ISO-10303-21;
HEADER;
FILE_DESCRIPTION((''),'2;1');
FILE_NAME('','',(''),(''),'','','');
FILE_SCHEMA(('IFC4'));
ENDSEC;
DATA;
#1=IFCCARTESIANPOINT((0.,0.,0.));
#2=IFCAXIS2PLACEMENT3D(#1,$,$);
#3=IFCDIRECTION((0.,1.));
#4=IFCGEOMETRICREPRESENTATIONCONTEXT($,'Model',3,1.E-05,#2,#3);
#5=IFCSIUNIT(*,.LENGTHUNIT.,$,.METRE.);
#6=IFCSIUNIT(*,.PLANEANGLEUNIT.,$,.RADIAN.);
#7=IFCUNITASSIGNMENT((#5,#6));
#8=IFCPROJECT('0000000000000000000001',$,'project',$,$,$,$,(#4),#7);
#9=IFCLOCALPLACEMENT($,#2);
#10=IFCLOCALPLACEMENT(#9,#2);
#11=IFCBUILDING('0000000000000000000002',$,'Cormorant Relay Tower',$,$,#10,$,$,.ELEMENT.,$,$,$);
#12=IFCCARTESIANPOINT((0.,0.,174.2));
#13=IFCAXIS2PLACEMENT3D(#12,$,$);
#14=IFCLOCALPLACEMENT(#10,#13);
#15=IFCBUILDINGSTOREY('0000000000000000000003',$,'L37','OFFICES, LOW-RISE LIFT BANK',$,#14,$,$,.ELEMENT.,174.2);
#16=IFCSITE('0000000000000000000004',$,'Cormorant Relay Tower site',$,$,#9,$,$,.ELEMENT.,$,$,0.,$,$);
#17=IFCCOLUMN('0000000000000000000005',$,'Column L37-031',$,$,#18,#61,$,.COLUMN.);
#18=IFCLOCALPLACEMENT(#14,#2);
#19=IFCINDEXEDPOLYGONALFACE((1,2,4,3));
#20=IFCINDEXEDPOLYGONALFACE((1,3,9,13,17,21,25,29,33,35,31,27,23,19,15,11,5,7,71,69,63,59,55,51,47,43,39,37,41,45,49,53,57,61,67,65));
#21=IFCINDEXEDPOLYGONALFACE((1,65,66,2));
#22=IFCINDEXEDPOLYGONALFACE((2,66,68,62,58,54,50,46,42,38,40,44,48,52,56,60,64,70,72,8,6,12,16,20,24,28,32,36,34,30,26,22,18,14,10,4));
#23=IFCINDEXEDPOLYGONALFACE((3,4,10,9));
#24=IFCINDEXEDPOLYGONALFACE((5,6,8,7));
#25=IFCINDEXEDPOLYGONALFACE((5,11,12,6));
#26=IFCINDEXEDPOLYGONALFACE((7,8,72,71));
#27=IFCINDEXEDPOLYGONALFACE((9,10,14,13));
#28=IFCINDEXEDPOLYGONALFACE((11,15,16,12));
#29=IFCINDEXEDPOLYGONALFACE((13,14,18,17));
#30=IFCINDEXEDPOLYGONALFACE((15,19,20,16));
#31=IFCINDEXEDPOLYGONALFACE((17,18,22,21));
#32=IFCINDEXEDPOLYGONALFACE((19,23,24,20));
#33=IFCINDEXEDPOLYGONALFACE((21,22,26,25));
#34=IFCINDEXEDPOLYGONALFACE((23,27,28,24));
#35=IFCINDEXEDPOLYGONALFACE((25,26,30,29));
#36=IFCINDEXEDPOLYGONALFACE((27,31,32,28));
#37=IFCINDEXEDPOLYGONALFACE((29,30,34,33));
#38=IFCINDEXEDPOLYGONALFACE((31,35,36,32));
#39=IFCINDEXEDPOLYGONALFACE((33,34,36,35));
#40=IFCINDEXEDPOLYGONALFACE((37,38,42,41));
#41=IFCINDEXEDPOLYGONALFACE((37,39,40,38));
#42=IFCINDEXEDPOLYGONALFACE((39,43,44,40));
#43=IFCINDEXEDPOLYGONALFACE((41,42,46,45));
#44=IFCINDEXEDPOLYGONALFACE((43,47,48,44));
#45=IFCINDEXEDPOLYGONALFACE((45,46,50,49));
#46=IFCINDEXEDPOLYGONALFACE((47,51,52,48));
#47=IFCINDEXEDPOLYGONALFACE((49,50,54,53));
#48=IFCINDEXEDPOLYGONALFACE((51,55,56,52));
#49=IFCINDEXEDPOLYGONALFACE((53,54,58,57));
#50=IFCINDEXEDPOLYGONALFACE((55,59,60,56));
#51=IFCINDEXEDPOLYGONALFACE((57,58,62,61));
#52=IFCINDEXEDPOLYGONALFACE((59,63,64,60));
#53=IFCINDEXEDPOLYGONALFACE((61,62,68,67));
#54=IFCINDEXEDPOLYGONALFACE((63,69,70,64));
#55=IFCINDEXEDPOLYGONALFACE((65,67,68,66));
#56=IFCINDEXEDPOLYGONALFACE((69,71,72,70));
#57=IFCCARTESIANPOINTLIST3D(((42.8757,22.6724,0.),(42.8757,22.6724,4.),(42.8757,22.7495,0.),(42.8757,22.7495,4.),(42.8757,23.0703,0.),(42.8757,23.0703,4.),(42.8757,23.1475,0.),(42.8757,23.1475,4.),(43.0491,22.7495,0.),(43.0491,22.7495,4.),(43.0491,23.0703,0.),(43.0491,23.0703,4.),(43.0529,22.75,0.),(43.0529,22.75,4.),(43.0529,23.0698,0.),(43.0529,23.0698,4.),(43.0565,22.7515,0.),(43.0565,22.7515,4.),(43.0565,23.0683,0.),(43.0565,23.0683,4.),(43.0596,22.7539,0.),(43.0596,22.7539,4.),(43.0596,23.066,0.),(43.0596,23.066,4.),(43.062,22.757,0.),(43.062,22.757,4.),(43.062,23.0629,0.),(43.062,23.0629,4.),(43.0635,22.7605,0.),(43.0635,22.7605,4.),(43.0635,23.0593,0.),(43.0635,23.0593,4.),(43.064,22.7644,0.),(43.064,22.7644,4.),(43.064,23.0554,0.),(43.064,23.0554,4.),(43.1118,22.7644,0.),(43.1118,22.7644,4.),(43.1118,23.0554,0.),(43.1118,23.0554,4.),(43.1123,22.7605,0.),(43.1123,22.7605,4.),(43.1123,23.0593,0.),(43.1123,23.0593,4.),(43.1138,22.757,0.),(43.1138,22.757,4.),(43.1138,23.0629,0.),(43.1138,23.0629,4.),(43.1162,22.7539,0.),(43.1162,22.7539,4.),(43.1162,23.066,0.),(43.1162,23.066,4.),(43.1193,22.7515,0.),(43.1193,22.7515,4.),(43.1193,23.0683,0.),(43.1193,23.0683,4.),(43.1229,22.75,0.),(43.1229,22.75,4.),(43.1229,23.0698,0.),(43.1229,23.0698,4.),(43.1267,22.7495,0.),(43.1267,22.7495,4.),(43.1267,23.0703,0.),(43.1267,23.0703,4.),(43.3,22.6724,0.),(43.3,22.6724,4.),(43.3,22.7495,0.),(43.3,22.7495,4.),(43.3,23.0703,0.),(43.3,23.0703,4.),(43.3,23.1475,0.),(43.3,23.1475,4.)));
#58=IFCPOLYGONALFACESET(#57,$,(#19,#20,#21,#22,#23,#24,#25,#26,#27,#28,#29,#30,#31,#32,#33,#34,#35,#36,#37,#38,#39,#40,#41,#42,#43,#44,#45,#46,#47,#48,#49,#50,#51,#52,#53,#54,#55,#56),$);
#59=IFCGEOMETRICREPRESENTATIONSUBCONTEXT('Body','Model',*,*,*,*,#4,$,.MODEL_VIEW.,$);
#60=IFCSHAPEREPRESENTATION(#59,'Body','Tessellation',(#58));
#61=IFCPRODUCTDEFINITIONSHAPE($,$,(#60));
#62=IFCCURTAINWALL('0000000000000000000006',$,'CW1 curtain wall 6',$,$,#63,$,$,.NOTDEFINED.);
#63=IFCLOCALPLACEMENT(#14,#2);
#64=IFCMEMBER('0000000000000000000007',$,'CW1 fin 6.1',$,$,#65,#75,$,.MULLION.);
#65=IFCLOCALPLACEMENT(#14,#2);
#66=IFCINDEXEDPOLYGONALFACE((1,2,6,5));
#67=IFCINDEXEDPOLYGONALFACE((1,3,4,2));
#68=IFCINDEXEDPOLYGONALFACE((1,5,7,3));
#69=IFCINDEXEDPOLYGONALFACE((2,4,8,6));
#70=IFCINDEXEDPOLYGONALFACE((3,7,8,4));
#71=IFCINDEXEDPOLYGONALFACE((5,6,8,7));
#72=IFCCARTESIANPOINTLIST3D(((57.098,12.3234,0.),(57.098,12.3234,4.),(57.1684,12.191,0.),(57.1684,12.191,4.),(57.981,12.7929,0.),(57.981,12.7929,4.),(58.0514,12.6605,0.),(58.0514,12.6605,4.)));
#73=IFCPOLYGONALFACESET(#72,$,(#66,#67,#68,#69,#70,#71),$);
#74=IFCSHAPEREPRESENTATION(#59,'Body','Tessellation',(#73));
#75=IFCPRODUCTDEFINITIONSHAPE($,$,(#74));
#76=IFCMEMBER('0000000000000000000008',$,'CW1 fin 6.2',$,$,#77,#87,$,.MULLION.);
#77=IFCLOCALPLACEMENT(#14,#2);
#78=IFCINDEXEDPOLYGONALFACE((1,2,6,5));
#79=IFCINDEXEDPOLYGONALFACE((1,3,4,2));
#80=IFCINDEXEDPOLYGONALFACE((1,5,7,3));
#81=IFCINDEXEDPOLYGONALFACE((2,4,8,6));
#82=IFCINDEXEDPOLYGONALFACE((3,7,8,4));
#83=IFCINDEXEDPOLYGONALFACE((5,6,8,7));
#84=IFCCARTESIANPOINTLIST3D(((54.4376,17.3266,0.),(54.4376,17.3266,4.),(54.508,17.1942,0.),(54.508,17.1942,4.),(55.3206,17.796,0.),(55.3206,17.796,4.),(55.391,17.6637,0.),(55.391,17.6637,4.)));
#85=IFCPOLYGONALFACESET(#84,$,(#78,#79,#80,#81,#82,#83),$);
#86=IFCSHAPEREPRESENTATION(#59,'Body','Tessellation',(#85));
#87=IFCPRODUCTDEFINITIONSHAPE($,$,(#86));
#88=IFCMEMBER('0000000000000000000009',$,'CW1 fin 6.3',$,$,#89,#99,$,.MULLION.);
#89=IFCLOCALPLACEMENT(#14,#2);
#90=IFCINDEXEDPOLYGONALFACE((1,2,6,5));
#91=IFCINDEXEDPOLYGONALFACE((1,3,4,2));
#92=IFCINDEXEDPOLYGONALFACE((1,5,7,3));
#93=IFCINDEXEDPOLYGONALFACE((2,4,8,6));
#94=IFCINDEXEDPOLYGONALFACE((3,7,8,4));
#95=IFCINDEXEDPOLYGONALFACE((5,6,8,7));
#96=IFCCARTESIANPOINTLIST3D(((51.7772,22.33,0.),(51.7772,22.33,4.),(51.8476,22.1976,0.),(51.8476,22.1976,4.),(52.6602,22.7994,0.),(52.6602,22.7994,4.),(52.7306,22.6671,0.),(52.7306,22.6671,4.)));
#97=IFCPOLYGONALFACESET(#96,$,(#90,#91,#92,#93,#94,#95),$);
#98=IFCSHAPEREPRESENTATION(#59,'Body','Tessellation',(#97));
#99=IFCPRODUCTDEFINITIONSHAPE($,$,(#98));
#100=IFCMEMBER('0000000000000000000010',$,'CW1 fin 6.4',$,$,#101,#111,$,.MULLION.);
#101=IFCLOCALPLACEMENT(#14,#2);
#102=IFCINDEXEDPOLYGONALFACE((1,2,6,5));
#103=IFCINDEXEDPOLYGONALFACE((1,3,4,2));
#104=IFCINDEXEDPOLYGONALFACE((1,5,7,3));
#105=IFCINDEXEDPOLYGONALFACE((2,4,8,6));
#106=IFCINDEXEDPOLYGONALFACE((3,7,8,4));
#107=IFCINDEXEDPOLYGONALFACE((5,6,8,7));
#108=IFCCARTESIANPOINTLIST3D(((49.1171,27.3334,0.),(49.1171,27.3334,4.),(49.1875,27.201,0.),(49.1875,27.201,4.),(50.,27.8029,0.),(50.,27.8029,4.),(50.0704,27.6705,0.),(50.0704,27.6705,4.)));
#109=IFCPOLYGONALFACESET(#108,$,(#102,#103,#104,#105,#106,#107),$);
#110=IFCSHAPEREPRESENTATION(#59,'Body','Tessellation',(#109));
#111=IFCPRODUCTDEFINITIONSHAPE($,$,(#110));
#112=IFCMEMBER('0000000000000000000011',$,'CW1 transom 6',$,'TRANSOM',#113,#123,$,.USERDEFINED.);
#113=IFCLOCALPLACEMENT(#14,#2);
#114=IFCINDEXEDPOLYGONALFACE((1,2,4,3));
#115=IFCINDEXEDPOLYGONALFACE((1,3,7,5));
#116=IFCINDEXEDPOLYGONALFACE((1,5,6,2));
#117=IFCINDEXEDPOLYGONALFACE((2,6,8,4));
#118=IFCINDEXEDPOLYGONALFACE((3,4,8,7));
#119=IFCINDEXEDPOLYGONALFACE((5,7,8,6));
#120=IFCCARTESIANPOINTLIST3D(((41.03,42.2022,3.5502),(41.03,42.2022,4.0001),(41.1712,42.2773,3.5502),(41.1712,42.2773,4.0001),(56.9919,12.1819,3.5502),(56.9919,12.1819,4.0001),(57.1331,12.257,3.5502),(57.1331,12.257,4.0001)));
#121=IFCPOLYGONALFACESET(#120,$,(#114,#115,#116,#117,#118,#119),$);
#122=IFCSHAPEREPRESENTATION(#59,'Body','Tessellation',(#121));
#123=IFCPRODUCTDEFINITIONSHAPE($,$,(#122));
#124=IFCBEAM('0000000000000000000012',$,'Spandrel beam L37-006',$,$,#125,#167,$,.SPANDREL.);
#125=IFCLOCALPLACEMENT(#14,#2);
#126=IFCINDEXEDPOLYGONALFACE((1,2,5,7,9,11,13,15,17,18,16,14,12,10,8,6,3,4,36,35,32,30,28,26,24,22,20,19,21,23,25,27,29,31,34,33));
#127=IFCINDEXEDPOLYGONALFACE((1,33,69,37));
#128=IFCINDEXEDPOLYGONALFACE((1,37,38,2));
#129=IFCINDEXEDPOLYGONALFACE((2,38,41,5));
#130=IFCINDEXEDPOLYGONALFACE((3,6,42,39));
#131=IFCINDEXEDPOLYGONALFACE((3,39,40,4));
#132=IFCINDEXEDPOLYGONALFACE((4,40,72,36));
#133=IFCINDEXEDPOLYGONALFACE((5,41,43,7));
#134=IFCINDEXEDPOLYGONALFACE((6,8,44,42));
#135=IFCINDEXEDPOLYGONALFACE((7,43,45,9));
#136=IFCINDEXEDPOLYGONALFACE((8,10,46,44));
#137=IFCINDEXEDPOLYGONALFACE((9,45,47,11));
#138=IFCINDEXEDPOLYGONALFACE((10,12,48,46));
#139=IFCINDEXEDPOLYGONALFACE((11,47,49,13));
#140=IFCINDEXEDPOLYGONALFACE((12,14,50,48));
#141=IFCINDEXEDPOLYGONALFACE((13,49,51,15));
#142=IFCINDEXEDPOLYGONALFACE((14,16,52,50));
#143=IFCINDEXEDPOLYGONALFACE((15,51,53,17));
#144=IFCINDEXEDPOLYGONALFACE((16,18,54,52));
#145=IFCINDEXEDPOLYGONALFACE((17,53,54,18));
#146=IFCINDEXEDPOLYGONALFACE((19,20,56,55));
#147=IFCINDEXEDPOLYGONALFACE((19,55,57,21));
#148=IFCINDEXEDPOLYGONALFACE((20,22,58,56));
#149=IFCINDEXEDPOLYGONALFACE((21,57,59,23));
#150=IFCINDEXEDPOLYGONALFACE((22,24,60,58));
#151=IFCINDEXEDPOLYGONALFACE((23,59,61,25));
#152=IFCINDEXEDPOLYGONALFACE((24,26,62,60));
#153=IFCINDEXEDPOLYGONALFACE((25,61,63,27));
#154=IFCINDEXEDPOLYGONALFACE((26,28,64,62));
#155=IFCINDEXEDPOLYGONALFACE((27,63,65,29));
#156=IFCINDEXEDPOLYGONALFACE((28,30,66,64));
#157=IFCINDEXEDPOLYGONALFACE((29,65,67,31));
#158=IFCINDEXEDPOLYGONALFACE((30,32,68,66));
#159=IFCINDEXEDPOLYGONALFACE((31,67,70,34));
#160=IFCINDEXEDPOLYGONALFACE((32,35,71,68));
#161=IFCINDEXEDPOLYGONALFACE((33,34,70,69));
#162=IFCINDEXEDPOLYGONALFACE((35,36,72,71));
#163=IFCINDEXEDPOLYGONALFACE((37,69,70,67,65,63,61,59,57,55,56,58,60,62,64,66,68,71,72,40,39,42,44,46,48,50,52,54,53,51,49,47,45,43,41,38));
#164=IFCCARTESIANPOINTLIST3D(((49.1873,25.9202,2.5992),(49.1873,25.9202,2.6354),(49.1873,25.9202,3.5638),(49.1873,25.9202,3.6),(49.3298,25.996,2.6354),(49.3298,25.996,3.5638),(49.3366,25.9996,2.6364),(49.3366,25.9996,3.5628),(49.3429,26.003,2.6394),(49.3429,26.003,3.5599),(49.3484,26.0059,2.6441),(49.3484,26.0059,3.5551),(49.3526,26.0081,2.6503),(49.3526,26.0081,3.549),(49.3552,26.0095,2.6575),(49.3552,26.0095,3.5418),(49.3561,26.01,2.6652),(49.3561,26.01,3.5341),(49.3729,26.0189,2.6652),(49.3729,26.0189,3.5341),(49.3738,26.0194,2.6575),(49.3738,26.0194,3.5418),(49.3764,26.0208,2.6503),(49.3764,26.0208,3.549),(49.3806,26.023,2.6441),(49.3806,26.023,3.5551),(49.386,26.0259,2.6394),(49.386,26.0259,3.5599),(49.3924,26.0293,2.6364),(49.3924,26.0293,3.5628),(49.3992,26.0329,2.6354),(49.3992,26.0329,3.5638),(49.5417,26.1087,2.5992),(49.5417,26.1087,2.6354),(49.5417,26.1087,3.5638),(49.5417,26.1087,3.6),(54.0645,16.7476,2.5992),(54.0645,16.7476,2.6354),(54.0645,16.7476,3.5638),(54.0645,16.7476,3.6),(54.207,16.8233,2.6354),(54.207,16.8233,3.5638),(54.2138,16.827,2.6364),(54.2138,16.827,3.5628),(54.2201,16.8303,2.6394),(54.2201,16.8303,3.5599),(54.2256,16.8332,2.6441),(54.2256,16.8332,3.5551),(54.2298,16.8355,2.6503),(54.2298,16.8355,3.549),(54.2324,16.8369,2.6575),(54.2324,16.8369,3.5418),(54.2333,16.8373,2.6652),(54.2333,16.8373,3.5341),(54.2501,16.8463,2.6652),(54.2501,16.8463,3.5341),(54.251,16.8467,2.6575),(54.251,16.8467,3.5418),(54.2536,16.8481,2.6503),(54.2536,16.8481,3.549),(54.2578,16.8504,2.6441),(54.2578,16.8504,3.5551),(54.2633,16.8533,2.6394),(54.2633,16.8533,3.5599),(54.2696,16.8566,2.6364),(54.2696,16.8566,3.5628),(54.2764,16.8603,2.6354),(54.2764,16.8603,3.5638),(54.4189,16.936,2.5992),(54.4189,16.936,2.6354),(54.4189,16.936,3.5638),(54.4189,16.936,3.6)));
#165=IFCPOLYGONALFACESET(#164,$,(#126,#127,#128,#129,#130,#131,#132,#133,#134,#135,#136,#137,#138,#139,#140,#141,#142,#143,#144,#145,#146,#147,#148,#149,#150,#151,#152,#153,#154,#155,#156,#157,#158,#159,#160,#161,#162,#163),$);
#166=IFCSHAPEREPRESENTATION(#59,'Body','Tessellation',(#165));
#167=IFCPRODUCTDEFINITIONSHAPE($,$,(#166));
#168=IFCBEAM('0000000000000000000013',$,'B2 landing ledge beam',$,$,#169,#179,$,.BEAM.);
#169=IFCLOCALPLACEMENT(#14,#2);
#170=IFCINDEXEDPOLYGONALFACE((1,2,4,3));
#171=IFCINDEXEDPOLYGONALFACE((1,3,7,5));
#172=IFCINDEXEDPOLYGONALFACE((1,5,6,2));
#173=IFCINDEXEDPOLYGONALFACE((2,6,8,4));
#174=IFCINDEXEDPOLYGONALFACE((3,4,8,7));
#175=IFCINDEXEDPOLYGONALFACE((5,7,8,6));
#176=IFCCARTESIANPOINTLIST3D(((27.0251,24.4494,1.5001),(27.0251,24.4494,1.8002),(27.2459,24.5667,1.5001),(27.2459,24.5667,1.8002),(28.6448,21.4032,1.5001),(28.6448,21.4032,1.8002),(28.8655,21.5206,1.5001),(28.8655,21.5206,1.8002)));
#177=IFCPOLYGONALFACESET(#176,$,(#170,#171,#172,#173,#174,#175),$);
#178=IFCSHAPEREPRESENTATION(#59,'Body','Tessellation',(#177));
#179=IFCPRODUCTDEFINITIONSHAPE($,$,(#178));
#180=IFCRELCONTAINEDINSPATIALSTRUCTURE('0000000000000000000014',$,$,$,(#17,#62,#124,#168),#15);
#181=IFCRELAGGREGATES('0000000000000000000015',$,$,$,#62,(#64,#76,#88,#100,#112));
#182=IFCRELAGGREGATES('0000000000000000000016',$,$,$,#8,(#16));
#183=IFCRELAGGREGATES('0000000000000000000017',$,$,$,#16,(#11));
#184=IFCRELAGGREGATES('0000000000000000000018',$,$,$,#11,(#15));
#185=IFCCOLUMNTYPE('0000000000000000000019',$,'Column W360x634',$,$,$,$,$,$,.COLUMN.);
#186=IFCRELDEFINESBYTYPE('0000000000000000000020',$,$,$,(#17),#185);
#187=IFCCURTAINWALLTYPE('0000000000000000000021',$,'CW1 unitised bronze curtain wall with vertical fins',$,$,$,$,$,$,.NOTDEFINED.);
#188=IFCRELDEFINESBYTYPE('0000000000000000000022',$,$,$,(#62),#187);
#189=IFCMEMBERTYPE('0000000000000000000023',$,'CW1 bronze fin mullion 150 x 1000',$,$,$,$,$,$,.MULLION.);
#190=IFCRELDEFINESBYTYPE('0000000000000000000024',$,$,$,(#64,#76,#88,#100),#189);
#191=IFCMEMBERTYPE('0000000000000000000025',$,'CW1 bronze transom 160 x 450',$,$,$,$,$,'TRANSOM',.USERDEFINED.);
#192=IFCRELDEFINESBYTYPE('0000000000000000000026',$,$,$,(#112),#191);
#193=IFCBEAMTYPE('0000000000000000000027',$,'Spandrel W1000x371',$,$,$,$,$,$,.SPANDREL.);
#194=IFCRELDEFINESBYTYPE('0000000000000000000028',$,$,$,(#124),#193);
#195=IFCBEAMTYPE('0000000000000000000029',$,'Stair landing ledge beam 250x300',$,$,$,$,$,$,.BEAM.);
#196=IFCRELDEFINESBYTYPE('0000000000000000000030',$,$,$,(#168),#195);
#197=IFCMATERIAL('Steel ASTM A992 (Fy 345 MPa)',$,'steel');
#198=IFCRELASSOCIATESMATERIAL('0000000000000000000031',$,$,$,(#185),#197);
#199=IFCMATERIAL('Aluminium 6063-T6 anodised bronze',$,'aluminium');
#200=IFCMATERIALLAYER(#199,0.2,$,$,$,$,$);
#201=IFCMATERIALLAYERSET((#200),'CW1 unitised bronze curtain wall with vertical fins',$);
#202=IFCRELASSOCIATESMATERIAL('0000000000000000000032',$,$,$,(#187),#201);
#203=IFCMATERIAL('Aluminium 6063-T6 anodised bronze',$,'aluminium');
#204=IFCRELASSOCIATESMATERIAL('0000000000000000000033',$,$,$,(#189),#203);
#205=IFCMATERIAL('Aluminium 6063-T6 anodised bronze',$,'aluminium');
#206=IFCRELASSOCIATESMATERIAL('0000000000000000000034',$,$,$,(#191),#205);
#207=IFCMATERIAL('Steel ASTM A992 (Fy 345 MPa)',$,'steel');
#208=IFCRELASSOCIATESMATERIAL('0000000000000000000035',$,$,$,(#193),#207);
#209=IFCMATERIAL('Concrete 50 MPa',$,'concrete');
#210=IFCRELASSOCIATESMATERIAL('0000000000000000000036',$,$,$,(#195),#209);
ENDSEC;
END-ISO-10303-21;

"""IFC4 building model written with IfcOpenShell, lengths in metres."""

from ifc_helpers import new_model, si_unit, direction, frame, origin, origin_2d, place, context, subcontext, project, spatial, rectangle, i_section, extrude, material, layer, layer_set, material_profile, profile_set, type_object, element, aggregate, save


model = new_model("IFC4")

# Units and contexts
model_context = context("Model", 3, precision=1e-05, world=origin(), true_north=direction((0.0, 1.0)))
body_context = subcontext(model_context, "Body", "Model", "MODEL_VIEW")
ifc_project = project(units=[si_unit("LENGTHUNIT", "METRE"), si_unit("PLANEANGLEUNIT", "RADIAN")], contexts=[model_context])

# Site, building, storey
site_placement = place(None, origin())
site = spatial("IfcSite", under=ifc_project, at=site_placement, Name="Cormorant Relay Tower site", CompositionType="ELEMENT", RefElevation=0.0)
building_placement = place(site_placement, origin())
building = spatial("IfcBuilding", under=site, at=building_placement, Name="Cormorant Relay Tower", CompositionType="ELEMENT")
storey_placement = place(building_placement, frame((0.0, 0.0, 174.2)))
storey = spatial("IfcBuildingStorey", under=building, at=storey_placement, Name="L37", Description="OFFICES, LOW-RISE LIFT BANK", CompositionType="ELEMENT", Elevation=174.2)

# Column
ifc_material_1 = material(Name="Steel ASTM A992 (Fy 345 MPa)", Category="steel")
ifc_material_profile_1 = material_profile(ifc_material_1, i_section(OverallWidth=0.4243, OverallDepth=0.4751, WebThickness=0.0479, FlangeThickness=0.0771, FilletRadius=0.0149, at=origin_2d()), Name="W360x634")
ifc_profile_set_1 = profile_set([ifc_material_profile_1], Name="Steel ASTM A992 (Fy 345 MPa)")
column_type_1 = type_object("IfcColumnType", Name="Column W360x634", PredefinedType="COLUMN", material=ifc_profile_set_1)
for number, where, z_axis, x_axis, name in (
    (1, (43.0879, 22.9099, 0.0), (0.0, 0.0, 1.0), (1.0, 0.0, 0.0), "Column L37-031"),
):
    element("IfcColumn", number, at=place(storey_placement, frame(where, z_axis=z_axis, x_axis=x_axis)), inside=storey, type_object=column_type_1, Name=name, PredefinedType="COLUMN", context=body_context, shape_type="SweptSolid", body=[
        extrude(i_section(OverallWidth=0.4243, OverallDepth=0.4751, WebThickness=0.0479, FlangeThickness=0.0771, FilletRadius=0.0149, at=origin_2d()), origin(), (0.0, 0.0, 1.0), 4.0),
    ])

# Curtain wall, members
ifc_material_2 = material(Name="Aluminium 6063-T6 anodised bronze", Category="aluminium")
ifc_layer_1 = layer(ifc_material_2, 0.2)
ifc_layer_set_1 = layer_set([ifc_layer_1], Name="CW1 unitised bronze curtain wall with vertical fins")
curtain_wall_type = type_object("IfcCurtainWallType", Name="CW1 unitised bronze curtain wall with vertical fins", PredefinedType="NOTDEFINED", material=ifc_layer_set_1)
curtain_wall_1_placement = place(storey_placement, origin())
curtain_wall_1 = element("IfcCurtainWall", 2, at=curtain_wall_1_placement, inside=storey, type_object=curtain_wall_type, Name="CW1 curtain wall 6", PredefinedType="NOTDEFINED")
ifc_material_3 = material(Name="Aluminium 6063-T6 anodised bronze", Category="aluminium")
ifc_material_profile_2 = material_profile(ifc_material_3, rectangle(XDim=0.1499, YDim=1.0, at=origin_2d()), Name="AL 150x1000")
ifc_profile_set_2 = profile_set([ifc_material_profile_2], Name="Aluminium 6063-T6 anodised bronze")
member_type_1 = type_object("IfcMemberType", Name="CW1 bronze fin mullion 150 x 1000", PredefinedType="MULLION", material=ifc_profile_set_2)
member_1_placement = place(storey_placement, frame((57.5747, 12.4919, 0.0), z_axis=(0.0, 0.0, 1.0), x_axis=(-0.469472, 0.882948, 0.0)))
member_1 = element("IfcMember", 3, at=member_1_placement, type_object=member_type_1, Name="CW1 fin 6.1", PredefinedType="MULLION", context=body_context, shape_type="SweptSolid", body=[
    extrude(rectangle(XDim=0.1499, YDim=1.0, at=origin_2d()), origin(), (0.0, 0.0, 1.0), 4.0),
])
member_2_placement = place(storey_placement, frame((54.9143, 17.4951, 0.0), z_axis=(0.0, 0.0, 1.0), x_axis=(-0.469472, 0.882948, 0.0)))
member_2 = element("IfcMember", 4, at=member_2_placement, type_object=member_type_1, Name="CW1 fin 6.2", PredefinedType="MULLION", context=body_context, shape_type="SweptSolid", body=[
    extrude(rectangle(XDim=0.1499, YDim=1.0, at=origin_2d()), origin(), (0.0, 0.0, 1.0), 4.0),
])
member_3_placement = place(storey_placement, frame((52.2539, 22.4985, 0.0), z_axis=(0.0, 0.0, 1.0), x_axis=(-0.469472, 0.882948, 0.0)))
member_3 = element("IfcMember", 5, at=member_3_placement, type_object=member_type_1, Name="CW1 fin 6.3", PredefinedType="MULLION", context=body_context, shape_type="SweptSolid", body=[
    extrude(rectangle(XDim=0.1499, YDim=1.0, at=origin_2d()), origin(), (0.0, 0.0, 1.0), 4.0),
])
member_4_placement = place(storey_placement, frame((49.5938, 27.502, 0.0), z_axis=(0.0, 0.0, 1.0), x_axis=(-0.469472, 0.882948, 0.0)))
member_4 = element("IfcMember", 6, at=member_4_placement, type_object=member_type_1, Name="CW1 fin 6.4", PredefinedType="MULLION", context=body_context, shape_type="SweptSolid", body=[
    extrude(rectangle(XDim=0.1499, YDim=1.0, at=origin_2d()), origin(), (0.0, 0.0, 1.0), 4.0),
])
ifc_material_4 = material(Name="Aluminium 6063-T6 anodised bronze", Category="aluminium")
ifc_material_profile_3 = material_profile(ifc_material_4, rectangle(XDim=0.1599, YDim=0.45, at=origin_2d()), Name="AL 160x450")
ifc_profile_set_3 = profile_set([ifc_material_profile_3], Name="Aluminium 6063-T6 anodised bronze")
member_type_2 = type_object("IfcMemberType", Name="CW1 bronze transom 160 x 450", ElementType="TRANSOM", PredefinedType="USERDEFINED", material=ifc_profile_set_3)
member_5_placement = place(storey_placement, frame((57.0625, 12.2195, 3.7751), z_axis=(-0.469468, 0.882949, 0.0), x_axis=(-0.882949, -0.469468, 0.0)))
member_5 = element("IfcMember", 7, at=member_5_placement, type_object=member_type_2, Name="CW1 transom 6", ObjectType="TRANSOM", PredefinedType="USERDEFINED", context=body_context, shape_type="SweptSolid", body=[
    extrude(rectangle(XDim=0.1599, YDim=0.45, at=origin_2d()), origin(), (0.0, 0.0, 1.0), 34.0),
])

# Beams
ifc_material_5 = material(Name="Steel ASTM A992 (Fy 345 MPa)", Category="steel")
ifc_material_profile_4 = material_profile(ifc_material_5, i_section(OverallWidth=0.4014, OverallDepth=1.0007, WebThickness=0.019, FlangeThickness=0.0361, FilletRadius=0.0298, at=origin_2d()), Name="W1000x371")
ifc_profile_set_4 = profile_set([ifc_material_profile_4], Name="Steel ASTM A992 (Fy 345 MPa)")
beam_type_1 = type_object("IfcBeamType", Name="Spandrel W1000x371", PredefinedType="SPANDREL", material=ifc_profile_set_4)
beam_1_placement = place(storey_placement, frame((54.2417, 16.8418, 3.0996), z_axis=(-0.469474, 0.882946, 0.0), x_axis=(-0.882946, -0.469474, 0.0)))
element("IfcBeam", 8, at=beam_1_placement, inside=storey, type_object=beam_type_1, Name="Spandrel beam L37-006", PredefinedType="SPANDREL", context=body_context, shape_type="SweptSolid", body=[
    extrude(i_section(OverallWidth=0.4014, OverallDepth=1.0007, WebThickness=0.019, FlangeThickness=0.0361, FilletRadius=0.0298, at=origin_2d()), origin(), (0.0, 0.0, 1.0), 10.3887),
])
ifc_material_6 = material(Name="Concrete 50 MPa", Category="concrete")
ifc_material_profile_5 = material_profile(ifc_material_6, rectangle(XDim=0.25, YDim=0.3, at=origin_2d()), Name="RC 250x300")
ifc_profile_set_5 = profile_set([ifc_material_profile_5], Name="Concrete 50 MPa")
beam_type_2 = type_object("IfcBeamType", Name="Stair landing ledge beam 250x300", PredefinedType="BEAM", material=ifc_profile_set_5)
beam_2_placement = place(storey_placement, frame((28.7551, 21.4619, 1.6501), z_axis=(-0.469464, 0.882952, 0.0), x_axis=(-0.882952, -0.469464, 0.0)))
element("IfcBeam", 9, at=beam_2_placement, inside=storey, type_object=beam_type_2, Name="B2 landing ledge beam", PredefinedType="BEAM", context=body_context, shape_type="SweptSolid", body=[
    extrude(rectangle(XDim=0.25, YDim=0.3, at=origin_2d()), origin(), (0.0, 0.0, 1.0), 3.45),
])

aggregate(curtain_wall_1, [member_1, member_2, member_3, member_4, member_5])

save(model, "model.ifc")
